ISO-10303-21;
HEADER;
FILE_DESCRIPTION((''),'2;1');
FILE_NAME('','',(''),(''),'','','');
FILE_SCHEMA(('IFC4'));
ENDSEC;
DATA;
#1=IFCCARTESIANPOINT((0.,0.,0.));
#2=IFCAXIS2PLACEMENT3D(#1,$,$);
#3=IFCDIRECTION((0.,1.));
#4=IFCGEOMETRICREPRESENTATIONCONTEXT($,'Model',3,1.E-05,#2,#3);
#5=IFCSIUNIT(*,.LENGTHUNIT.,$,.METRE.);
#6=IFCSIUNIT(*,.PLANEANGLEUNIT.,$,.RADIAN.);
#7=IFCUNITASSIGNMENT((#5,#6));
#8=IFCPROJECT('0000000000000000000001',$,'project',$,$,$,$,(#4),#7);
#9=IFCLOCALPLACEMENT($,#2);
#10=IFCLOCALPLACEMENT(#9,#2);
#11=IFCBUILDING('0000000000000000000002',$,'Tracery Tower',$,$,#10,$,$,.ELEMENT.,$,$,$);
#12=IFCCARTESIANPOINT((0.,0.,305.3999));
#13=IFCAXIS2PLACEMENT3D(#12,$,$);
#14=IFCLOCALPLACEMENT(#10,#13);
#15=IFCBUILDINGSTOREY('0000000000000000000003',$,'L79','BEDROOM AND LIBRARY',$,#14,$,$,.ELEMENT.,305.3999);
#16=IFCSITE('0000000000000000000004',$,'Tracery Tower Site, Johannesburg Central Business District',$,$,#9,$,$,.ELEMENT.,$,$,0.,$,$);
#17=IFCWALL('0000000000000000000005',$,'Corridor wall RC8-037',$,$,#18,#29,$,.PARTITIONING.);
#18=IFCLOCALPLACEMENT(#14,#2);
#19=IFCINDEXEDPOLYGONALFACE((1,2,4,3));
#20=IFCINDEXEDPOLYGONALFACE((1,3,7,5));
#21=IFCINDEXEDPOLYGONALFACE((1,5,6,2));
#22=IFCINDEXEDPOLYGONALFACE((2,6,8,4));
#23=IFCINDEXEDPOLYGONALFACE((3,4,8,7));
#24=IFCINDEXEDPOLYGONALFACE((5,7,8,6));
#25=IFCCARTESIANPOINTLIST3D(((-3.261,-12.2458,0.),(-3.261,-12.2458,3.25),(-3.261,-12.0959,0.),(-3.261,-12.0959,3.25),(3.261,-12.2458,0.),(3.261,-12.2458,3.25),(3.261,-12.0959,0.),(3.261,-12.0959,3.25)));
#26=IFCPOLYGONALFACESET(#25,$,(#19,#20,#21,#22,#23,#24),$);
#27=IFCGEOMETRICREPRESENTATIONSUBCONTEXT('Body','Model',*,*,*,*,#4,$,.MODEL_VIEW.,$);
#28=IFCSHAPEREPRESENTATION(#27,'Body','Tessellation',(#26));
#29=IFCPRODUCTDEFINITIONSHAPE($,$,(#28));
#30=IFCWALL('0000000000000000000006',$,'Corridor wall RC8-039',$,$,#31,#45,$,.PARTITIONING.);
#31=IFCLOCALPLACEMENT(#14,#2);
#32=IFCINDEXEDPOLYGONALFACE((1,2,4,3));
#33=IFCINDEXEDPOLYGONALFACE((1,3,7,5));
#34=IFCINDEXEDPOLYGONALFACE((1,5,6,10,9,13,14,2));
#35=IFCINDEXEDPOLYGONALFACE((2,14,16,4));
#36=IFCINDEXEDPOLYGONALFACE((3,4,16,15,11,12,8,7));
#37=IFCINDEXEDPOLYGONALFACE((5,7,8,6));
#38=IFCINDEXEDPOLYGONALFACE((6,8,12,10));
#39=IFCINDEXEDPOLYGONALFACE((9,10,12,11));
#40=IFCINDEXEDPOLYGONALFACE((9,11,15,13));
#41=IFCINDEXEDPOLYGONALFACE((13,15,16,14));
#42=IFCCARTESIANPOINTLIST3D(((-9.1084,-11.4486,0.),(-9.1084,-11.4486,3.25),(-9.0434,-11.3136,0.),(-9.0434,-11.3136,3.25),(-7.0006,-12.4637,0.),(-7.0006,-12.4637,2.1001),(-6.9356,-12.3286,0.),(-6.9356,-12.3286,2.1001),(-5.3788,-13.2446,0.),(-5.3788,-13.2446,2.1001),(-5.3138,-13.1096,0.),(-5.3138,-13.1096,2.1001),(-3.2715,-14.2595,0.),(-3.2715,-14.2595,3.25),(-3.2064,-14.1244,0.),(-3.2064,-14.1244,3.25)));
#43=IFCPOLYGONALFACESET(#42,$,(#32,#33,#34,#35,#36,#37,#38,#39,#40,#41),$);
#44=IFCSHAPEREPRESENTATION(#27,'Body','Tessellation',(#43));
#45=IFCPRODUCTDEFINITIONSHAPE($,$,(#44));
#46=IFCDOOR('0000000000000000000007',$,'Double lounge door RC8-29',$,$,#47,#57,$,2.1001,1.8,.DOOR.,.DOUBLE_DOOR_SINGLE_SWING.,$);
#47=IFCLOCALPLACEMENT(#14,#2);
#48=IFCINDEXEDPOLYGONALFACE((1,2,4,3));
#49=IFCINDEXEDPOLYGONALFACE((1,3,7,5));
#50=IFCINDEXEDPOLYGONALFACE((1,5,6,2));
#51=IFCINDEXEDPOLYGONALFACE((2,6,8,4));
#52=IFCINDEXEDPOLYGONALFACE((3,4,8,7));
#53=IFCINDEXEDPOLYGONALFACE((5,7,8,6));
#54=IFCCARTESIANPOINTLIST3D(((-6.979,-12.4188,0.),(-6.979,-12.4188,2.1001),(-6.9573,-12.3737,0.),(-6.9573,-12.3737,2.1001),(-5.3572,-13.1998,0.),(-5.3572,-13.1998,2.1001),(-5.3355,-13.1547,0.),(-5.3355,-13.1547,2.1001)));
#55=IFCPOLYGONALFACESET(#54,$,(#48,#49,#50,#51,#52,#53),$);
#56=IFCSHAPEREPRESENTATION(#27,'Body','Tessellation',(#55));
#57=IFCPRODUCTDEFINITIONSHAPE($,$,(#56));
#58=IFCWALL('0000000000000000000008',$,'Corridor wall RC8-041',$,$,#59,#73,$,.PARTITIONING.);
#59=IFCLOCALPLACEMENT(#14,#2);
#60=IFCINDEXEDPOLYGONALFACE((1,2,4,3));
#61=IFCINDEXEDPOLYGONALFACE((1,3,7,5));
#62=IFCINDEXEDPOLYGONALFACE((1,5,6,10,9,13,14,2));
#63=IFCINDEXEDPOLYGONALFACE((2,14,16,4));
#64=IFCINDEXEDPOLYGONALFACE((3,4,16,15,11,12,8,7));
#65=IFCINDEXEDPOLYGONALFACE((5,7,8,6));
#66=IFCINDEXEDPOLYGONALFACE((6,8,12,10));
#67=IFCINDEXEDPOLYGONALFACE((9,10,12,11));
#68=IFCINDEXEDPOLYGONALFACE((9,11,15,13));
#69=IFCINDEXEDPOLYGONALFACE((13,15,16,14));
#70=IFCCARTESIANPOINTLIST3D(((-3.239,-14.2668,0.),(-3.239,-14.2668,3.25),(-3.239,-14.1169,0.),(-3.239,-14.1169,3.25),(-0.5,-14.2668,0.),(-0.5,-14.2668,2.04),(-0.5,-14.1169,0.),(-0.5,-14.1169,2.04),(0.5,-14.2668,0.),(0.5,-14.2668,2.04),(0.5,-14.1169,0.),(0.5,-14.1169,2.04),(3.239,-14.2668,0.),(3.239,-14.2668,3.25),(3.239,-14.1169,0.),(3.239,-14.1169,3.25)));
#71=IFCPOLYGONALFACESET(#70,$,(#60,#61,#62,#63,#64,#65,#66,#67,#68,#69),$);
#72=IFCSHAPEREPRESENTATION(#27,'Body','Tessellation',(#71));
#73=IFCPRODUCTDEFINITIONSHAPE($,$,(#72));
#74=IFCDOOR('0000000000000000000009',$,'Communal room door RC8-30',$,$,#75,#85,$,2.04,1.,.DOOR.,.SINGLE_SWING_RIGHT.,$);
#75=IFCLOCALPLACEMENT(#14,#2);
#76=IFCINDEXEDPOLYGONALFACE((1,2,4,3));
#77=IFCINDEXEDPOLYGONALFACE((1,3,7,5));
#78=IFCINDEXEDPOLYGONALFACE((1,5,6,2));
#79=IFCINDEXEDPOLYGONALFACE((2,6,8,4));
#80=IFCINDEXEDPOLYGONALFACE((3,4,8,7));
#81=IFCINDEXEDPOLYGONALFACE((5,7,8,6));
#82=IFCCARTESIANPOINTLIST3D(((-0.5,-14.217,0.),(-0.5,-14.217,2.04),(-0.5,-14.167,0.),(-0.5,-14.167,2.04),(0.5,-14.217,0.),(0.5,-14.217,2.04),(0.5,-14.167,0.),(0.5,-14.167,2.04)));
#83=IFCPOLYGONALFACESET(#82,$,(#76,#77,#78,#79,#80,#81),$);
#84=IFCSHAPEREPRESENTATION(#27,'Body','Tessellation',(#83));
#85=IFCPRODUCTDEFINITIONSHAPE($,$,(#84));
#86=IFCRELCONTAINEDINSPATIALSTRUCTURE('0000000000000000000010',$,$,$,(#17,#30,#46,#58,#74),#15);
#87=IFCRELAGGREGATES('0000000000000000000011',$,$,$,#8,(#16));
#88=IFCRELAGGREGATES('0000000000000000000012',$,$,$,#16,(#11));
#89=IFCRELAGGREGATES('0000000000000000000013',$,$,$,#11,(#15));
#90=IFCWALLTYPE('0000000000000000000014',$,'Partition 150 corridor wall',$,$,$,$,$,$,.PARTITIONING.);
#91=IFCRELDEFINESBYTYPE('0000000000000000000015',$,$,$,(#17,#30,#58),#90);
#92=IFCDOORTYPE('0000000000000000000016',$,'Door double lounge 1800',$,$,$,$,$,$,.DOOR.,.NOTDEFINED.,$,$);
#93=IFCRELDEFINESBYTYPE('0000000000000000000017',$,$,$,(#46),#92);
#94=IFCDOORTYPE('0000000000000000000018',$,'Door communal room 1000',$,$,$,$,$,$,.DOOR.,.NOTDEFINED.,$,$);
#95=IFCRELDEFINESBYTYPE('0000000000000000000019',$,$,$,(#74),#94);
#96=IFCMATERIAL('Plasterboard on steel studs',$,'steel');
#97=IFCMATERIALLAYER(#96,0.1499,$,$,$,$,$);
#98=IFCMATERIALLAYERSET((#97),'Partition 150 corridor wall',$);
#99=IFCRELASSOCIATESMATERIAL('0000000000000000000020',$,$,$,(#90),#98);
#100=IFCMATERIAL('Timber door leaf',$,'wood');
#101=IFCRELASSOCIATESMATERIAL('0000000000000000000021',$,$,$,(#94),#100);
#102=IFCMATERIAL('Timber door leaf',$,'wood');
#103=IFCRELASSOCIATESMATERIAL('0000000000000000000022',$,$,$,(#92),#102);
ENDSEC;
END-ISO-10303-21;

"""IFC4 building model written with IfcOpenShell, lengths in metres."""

from ifc_helpers import new_model, si_unit, direction, frame, frame_2d, origin, place, context, subcontext, project, spatial, rectangle, extrude, material, layer, layer_set, type_object, element, fill, save


model = new_model("IFC4")

# Units and contexts
model_context = context("Model", 3, precision=1e-05, world=origin(), true_north=direction((0.0, 1.0)))
body_context = subcontext(model_context, "Body", "Model", "MODEL_VIEW")
ifc_project = project(units=[si_unit("LENGTHUNIT", "METRE"), si_unit("PLANEANGLEUNIT", "RADIAN")], contexts=[model_context])

# Site, building, storey
site_placement = place(None, origin())
site = spatial("IfcSite", under=ifc_project, at=site_placement, Name="Tracery Tower Site, Johannesburg Central Business District", CompositionType="ELEMENT", RefElevation=0.0)
building_placement = place(site_placement, origin())
building = spatial("IfcBuilding", under=site, at=building_placement, Name="Tracery Tower", CompositionType="ELEMENT")
storey_placement = place(building_placement, frame((0.0, 0.0, 305.3999)))
storey = spatial("IfcBuildingStorey", under=building, at=storey_placement, Name="L79", Description="BEDROOM AND LIBRARY", CompositionType="ELEMENT", Elevation=305.3999)

# Shared definitions
ifc_material_1 = material(Name="Plasterboard on steel studs", Category="steel")
ifc_layer_1 = layer(ifc_material_1, 0.1499)
ifc_layer_set_1 = layer_set([ifc_layer_1], Name="Partition 150 corridor wall")
wall_type_1 = type_object("IfcWallType", Name="Partition 150 corridor wall", PredefinedType="PARTITIONING", material=ifc_layer_set_1)
ifc_material_2 = material(Name="Timber door leaf", Category="wood")
door_type_1 = type_object("IfcDoorType", Name="Door communal room 1000", OperationType="NOTDEFINED", PredefinedType="DOOR", material=ifc_material_2)

# Wall
wall_1_placement = place(storey_placement, frame((-3.261, -12.1709, 0.0), z_axis=(0.0, 0.0, 1.0), x_axis=(1.0, 0.0, 0.0)))
element("IfcWall", 1, at=wall_1_placement, inside=storey, type_object=wall_type_1, Name="Corridor wall RC8-037", PredefinedType="PARTITIONING", context=body_context, shape_type="SweptSolid", body=[
    extrude(rectangle(XDim=6.522, YDim=0.1499, at=frame_2d((3.261, 0.0))), origin(), (0.0, 0.0, 1.0), 3.25),
])

# Walls, openings, doors
wall_2_placement = place(storey_placement, frame((-9.0759, -11.3811, 0.0), z_axis=(0.0, 0.0, 1.0), x_axis=(0.900976, -0.433869, 0.0)))
wall_2 = element("IfcWall", 2, at=wall_2_placement, inside=storey, type_object=wall_type_1, Name="Corridor wall RC8-039", PredefinedType="PARTITIONING", context=body_context, shape_type="SweptSolid", body=[
    extrude(rectangle(XDim=6.4785, YDim=0.1499, at=frame_2d((3.2393, 0.0))), origin(), (0.0, 0.0, 1.0), 3.25),
])
opening_1_placement = place(wall_2_placement, frame((2.3396, 0.0, 0.0)))
opening_1 = element("IfcOpeningElement", 3, at=opening_1_placement, cuts=wall_2, PredefinedType="OPENING", context=body_context, shape_type="SweptSolid", body=[
    extrude(rectangle(XDim=1.8, YDim=2.1001, at=frame_2d((0.8999, 1.05))), frame((0.0, 0.075, 0.0), z_axis=(0.0, -1.0, 0.0), x_axis=(1.0, 0.0, 0.0)), (0.0, 0.0, 1.0), 0.1499),
])
ifc_material_3 = material(Name="Timber door leaf", Category="wood")
door_type_2 = type_object("IfcDoorType", Name="Door double lounge 1800", OperationType="NOTDEFINED", PredefinedType="DOOR", material=ifc_material_3)
door_1_placement = place(opening_1_placement, origin())
door_1 = element("IfcDoor", 4, at=door_1_placement, inside=storey, type_object=door_type_2, Name="Double lounge door RC8-29", OperationType="DOUBLE_DOOR_SINGLE_SWING", OverallHeight=2.1001, OverallWidth=1.8, PredefinedType="DOOR", context=body_context, shape_type="SweptSolid", body=[
    extrude(rectangle(XDim=1.8, YDim=2.1001, at=frame_2d((0.8999, 1.05))), frame((0.0, 0.0249, 0.0), z_axis=(0.0, -1.0, 0.0), x_axis=(1.0, 0.0, 0.0)), (0.0, 0.0, 1.0), 0.05),
])
fill(opening_1, door_1)
wall_3_placement = place(storey_placement, frame((-3.239, -14.1919, 0.0), z_axis=(0.0, 0.0, 1.0), x_axis=(1.0, 0.0, 0.0)))
wall_3 = element("IfcWall", 5, at=wall_3_placement, inside=storey, type_object=wall_type_1, Name="Corridor wall RC8-041", PredefinedType="PARTITIONING", context=body_context, shape_type="SweptSolid", body=[
    extrude(rectangle(XDim=6.478, YDim=0.1499, at=frame_2d((3.239, 0.0))), origin(), (0.0, 0.0, 1.0), 3.25),
])
opening_2_placement = place(wall_3_placement, frame((2.739, 0.0, 0.0)))
opening_2 = element("IfcOpeningElement", 6, at=opening_2_placement, cuts=wall_3, PredefinedType="OPENING", context=body_context, shape_type="SweptSolid", body=[
    extrude(rectangle(XDim=1.0, YDim=2.04, at=frame_2d((0.5, 1.02))), frame((0.0, 0.075, 0.0), z_axis=(0.0, -1.0, 0.0), x_axis=(1.0, 0.0, 0.0)), (0.0, 0.0, 1.0), 0.1499),
])
door_2_placement = place(opening_2_placement, origin())
door_2 = element("IfcDoor", 7, at=door_2_placement, inside=storey, type_object=door_type_1, Name="Communal room door RC8-30", OperationType="SINGLE_SWING_RIGHT", OverallHeight=2.04, OverallWidth=1.0, PredefinedType="DOOR", context=body_context, shape_type="SweptSolid", body=[
    extrude(rectangle(XDim=1.0, YDim=2.04, at=frame_2d((0.5, 1.02))), frame((0.0, 0.0249, 0.0), z_axis=(0.0, -1.0, 0.0), x_axis=(1.0, 0.0, 0.0)), (0.0, 0.0, 1.0), 0.05),
])
fill(opening_2, door_2)

save(model, "model.ifc")
